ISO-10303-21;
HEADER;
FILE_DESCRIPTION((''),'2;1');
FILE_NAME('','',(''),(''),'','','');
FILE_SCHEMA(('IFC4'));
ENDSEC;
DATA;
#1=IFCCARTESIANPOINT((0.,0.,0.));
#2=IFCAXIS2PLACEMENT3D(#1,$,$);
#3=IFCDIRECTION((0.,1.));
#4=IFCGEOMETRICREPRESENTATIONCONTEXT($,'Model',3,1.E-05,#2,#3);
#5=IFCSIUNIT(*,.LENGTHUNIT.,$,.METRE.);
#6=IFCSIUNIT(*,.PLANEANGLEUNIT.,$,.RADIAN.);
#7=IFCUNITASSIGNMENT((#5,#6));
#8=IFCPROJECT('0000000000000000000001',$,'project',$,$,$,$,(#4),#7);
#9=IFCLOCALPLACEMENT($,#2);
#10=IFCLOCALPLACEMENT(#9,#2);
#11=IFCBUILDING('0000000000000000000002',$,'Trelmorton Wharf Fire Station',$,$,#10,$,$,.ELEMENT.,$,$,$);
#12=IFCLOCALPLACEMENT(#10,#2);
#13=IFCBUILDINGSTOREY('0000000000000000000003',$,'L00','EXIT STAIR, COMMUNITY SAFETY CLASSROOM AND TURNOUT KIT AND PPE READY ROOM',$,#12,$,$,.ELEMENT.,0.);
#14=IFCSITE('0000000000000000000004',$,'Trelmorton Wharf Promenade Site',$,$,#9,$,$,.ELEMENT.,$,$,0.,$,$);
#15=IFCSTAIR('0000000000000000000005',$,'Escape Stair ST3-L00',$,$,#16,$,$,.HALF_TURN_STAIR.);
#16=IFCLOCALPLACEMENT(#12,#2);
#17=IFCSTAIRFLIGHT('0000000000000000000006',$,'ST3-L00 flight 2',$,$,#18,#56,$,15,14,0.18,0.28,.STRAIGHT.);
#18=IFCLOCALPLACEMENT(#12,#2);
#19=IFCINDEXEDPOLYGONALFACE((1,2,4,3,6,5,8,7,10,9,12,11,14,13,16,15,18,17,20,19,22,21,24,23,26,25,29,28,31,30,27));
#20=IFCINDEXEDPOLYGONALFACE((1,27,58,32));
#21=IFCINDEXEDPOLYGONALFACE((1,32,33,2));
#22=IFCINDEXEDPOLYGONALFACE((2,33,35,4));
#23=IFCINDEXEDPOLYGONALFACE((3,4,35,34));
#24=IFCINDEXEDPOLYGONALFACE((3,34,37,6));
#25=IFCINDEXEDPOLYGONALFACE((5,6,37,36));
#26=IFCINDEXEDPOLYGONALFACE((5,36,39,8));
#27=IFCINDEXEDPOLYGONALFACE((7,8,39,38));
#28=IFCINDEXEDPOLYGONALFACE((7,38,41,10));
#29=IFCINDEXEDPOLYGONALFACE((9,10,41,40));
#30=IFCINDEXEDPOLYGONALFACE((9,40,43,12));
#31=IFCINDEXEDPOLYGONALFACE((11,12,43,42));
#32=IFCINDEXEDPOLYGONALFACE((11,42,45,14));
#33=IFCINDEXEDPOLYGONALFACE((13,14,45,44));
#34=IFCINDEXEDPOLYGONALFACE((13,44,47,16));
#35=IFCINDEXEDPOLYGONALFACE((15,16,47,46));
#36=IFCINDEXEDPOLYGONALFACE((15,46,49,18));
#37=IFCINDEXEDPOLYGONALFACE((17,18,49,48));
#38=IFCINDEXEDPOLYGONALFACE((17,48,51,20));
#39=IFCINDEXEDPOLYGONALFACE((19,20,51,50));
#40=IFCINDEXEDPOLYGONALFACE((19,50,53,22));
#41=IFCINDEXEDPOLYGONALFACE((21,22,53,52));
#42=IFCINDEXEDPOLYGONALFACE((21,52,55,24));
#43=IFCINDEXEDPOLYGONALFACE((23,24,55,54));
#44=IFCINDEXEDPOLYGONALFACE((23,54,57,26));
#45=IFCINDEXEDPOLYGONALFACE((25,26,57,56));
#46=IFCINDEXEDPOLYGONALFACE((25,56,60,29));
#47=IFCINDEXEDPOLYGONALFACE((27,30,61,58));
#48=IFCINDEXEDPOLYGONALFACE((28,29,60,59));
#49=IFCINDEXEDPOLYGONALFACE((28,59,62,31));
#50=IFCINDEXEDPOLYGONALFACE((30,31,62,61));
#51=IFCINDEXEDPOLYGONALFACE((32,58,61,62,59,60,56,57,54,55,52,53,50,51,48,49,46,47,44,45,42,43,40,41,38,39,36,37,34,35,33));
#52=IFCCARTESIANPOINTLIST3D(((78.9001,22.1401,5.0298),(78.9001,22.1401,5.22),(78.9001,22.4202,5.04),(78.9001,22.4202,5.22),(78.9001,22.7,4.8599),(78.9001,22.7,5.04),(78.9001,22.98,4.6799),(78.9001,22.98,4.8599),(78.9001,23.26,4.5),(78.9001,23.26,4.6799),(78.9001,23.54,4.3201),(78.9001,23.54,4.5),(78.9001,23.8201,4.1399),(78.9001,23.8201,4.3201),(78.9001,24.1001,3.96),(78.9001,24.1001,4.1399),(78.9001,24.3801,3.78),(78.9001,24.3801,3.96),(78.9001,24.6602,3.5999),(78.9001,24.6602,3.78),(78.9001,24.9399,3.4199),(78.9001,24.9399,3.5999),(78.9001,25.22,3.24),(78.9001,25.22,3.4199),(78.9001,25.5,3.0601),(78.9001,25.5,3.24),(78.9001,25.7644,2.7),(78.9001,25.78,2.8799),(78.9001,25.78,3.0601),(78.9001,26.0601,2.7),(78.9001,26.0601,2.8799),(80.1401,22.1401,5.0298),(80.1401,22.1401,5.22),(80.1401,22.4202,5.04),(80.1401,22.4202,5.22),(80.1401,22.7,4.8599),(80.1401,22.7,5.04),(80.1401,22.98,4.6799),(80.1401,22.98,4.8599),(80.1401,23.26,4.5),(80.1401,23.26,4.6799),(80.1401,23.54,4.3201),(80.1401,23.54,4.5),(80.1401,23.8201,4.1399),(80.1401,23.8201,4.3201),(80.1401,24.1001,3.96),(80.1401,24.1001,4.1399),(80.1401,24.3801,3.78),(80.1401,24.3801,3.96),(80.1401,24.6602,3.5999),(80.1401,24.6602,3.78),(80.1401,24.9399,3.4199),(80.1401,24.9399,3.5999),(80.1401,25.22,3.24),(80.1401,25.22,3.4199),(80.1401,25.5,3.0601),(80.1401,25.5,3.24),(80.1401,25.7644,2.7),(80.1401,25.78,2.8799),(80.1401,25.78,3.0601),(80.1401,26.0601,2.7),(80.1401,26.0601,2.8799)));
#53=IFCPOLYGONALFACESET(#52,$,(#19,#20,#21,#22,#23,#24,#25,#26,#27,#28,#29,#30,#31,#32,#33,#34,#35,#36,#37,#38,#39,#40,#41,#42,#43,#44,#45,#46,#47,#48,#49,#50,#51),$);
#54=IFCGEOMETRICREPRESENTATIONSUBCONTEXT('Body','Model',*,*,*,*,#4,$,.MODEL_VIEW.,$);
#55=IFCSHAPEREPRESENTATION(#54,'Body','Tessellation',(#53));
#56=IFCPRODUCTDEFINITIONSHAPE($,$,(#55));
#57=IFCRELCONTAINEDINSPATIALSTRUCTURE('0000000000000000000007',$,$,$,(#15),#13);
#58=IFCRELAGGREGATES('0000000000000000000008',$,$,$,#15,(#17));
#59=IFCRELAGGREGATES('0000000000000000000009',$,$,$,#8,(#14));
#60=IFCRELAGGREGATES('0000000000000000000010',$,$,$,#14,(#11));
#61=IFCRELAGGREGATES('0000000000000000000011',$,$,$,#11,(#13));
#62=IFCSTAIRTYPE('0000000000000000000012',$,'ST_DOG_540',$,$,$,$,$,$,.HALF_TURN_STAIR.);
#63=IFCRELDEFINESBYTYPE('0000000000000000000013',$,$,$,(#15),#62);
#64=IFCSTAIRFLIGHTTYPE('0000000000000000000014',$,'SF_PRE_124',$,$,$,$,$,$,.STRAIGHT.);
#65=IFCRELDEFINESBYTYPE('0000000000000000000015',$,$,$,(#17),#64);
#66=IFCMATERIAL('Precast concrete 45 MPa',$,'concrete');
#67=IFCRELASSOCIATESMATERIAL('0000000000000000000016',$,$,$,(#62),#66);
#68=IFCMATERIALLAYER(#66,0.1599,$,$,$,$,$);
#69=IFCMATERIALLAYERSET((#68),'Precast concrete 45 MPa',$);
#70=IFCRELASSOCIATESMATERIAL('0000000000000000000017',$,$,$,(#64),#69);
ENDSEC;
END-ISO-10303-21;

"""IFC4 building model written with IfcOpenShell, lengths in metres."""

from ifc_helpers import new_model, si_unit, direction, frame, origin, place, context, subcontext, project, spatial, polyline, outline, extrude, material, layer, layer_set, type_object, element, aggregate, save


model = new_model("IFC4")

# Units and contexts
model_context = context("Model", 3, precision=1e-05, world=origin(), true_north=direction((0.0, 1.0)))
body_context = subcontext(model_context, "Body", "Model", "MODEL_VIEW")
ifc_project = project(units=[si_unit("LENGTHUNIT", "METRE"), si_unit("PLANEANGLEUNIT", "RADIAN")], contexts=[model_context])

# Site, building, storey
site_placement = place(None, origin())
site = spatial("IfcSite", under=ifc_project, at=site_placement, Name="Trelmorton Wharf Promenade Site", CompositionType="ELEMENT", RefElevation=0.0)
building_placement = place(site_placement, origin())
building = spatial("IfcBuilding", under=site, at=building_placement, Name="Trelmorton Wharf Fire Station", CompositionType="ELEMENT")
storey_placement = place(building_placement, origin())
storey = spatial("IfcBuildingStorey", under=building, at=storey_placement, Name="L00", Description="EXIT STAIR, COMMUNITY SAFETY CLASSROOM AND TURNOUT KIT AND PPE READY ROOM", CompositionType="ELEMENT", Elevation=0.0)

# Stair, stair flight
ifc_material_1 = material(Name="Precast concrete 45 MPa", Category="concrete")
stair_type = type_object("IfcStairType", Name="ST_DOG_540", PredefinedType="HALF_TURN_STAIR", material=ifc_material_1)
stair_placement = place(storey_placement, origin())
stair = element("IfcStair", 1, at=stair_placement, inside=storey, type_object=stair_type, Name="Escape Stair ST3-L00", PredefinedType="HALF_TURN_STAIR")
ifc_layer_1 = layer(ifc_material_1, 0.1599)
ifc_layer_set_1 = layer_set([ifc_layer_1], Name="Precast concrete 45 MPa")
stair_flight_type = type_object("IfcStairFlightType", Name="SF_PRE_124", PredefinedType="STRAIGHT", material=ifc_layer_set_1)
stair_flight_1_placement = place(storey_placement, frame((79.52, 26.0601, 2.7), z_axis=(0.0, 0.0, 1.0), x_axis=(0.0, -1.0, 0.0)))
stair_flight_1 = element("IfcStairFlight", 2, at=stair_flight_1_placement, type_object=stair_flight_type, Name="ST3-L00 flight 2", NumberOfRisers=15, NumberOfTreads=14, PredefinedType="STRAIGHT", RiserHeight=0.18, TreadLength=0.28, context=body_context, shape_type="SweptSolid", body=[
    extrude(outline(polyline([(0.0, 0.0), (0.0, 0.1799), (0.28, 0.1799), (0.28, 0.3601), (0.5601, 0.3601), (0.5601, 0.54), (0.8401, 0.54), (0.8401, 0.72), (1.1201, 0.72), (1.1201, 0.8999), (1.3999, 0.8999), (1.3999, 1.0801), (1.6799, 1.0801), (1.6799, 1.26), (1.96, 1.26), (1.96, 1.4399), (2.24, 1.4399), (2.24, 1.6201), (2.52, 1.6201), (2.52, 1.8), (2.8, 1.8), (2.8, 1.98), (3.0801, 1.98), (3.0801, 2.1599), (3.3601, 2.1599), (3.3601, 2.3401), (3.6399, 2.3401), (3.6399, 2.52), (3.9199, 2.52), (3.9199, 2.7), (3.9199, 2.3298), (0.2957, 0.0), (0.0, 0.0)])), frame((0.0, 0.6201, 0.0), z_axis=(0.0, -1.0, 0.0), x_axis=(1.0, 0.0, 0.0)), (0.0, 0.0, 1.0), 1.24),
])
aggregate(stair, [stair_flight_1])

save(model, "model.ifc")
